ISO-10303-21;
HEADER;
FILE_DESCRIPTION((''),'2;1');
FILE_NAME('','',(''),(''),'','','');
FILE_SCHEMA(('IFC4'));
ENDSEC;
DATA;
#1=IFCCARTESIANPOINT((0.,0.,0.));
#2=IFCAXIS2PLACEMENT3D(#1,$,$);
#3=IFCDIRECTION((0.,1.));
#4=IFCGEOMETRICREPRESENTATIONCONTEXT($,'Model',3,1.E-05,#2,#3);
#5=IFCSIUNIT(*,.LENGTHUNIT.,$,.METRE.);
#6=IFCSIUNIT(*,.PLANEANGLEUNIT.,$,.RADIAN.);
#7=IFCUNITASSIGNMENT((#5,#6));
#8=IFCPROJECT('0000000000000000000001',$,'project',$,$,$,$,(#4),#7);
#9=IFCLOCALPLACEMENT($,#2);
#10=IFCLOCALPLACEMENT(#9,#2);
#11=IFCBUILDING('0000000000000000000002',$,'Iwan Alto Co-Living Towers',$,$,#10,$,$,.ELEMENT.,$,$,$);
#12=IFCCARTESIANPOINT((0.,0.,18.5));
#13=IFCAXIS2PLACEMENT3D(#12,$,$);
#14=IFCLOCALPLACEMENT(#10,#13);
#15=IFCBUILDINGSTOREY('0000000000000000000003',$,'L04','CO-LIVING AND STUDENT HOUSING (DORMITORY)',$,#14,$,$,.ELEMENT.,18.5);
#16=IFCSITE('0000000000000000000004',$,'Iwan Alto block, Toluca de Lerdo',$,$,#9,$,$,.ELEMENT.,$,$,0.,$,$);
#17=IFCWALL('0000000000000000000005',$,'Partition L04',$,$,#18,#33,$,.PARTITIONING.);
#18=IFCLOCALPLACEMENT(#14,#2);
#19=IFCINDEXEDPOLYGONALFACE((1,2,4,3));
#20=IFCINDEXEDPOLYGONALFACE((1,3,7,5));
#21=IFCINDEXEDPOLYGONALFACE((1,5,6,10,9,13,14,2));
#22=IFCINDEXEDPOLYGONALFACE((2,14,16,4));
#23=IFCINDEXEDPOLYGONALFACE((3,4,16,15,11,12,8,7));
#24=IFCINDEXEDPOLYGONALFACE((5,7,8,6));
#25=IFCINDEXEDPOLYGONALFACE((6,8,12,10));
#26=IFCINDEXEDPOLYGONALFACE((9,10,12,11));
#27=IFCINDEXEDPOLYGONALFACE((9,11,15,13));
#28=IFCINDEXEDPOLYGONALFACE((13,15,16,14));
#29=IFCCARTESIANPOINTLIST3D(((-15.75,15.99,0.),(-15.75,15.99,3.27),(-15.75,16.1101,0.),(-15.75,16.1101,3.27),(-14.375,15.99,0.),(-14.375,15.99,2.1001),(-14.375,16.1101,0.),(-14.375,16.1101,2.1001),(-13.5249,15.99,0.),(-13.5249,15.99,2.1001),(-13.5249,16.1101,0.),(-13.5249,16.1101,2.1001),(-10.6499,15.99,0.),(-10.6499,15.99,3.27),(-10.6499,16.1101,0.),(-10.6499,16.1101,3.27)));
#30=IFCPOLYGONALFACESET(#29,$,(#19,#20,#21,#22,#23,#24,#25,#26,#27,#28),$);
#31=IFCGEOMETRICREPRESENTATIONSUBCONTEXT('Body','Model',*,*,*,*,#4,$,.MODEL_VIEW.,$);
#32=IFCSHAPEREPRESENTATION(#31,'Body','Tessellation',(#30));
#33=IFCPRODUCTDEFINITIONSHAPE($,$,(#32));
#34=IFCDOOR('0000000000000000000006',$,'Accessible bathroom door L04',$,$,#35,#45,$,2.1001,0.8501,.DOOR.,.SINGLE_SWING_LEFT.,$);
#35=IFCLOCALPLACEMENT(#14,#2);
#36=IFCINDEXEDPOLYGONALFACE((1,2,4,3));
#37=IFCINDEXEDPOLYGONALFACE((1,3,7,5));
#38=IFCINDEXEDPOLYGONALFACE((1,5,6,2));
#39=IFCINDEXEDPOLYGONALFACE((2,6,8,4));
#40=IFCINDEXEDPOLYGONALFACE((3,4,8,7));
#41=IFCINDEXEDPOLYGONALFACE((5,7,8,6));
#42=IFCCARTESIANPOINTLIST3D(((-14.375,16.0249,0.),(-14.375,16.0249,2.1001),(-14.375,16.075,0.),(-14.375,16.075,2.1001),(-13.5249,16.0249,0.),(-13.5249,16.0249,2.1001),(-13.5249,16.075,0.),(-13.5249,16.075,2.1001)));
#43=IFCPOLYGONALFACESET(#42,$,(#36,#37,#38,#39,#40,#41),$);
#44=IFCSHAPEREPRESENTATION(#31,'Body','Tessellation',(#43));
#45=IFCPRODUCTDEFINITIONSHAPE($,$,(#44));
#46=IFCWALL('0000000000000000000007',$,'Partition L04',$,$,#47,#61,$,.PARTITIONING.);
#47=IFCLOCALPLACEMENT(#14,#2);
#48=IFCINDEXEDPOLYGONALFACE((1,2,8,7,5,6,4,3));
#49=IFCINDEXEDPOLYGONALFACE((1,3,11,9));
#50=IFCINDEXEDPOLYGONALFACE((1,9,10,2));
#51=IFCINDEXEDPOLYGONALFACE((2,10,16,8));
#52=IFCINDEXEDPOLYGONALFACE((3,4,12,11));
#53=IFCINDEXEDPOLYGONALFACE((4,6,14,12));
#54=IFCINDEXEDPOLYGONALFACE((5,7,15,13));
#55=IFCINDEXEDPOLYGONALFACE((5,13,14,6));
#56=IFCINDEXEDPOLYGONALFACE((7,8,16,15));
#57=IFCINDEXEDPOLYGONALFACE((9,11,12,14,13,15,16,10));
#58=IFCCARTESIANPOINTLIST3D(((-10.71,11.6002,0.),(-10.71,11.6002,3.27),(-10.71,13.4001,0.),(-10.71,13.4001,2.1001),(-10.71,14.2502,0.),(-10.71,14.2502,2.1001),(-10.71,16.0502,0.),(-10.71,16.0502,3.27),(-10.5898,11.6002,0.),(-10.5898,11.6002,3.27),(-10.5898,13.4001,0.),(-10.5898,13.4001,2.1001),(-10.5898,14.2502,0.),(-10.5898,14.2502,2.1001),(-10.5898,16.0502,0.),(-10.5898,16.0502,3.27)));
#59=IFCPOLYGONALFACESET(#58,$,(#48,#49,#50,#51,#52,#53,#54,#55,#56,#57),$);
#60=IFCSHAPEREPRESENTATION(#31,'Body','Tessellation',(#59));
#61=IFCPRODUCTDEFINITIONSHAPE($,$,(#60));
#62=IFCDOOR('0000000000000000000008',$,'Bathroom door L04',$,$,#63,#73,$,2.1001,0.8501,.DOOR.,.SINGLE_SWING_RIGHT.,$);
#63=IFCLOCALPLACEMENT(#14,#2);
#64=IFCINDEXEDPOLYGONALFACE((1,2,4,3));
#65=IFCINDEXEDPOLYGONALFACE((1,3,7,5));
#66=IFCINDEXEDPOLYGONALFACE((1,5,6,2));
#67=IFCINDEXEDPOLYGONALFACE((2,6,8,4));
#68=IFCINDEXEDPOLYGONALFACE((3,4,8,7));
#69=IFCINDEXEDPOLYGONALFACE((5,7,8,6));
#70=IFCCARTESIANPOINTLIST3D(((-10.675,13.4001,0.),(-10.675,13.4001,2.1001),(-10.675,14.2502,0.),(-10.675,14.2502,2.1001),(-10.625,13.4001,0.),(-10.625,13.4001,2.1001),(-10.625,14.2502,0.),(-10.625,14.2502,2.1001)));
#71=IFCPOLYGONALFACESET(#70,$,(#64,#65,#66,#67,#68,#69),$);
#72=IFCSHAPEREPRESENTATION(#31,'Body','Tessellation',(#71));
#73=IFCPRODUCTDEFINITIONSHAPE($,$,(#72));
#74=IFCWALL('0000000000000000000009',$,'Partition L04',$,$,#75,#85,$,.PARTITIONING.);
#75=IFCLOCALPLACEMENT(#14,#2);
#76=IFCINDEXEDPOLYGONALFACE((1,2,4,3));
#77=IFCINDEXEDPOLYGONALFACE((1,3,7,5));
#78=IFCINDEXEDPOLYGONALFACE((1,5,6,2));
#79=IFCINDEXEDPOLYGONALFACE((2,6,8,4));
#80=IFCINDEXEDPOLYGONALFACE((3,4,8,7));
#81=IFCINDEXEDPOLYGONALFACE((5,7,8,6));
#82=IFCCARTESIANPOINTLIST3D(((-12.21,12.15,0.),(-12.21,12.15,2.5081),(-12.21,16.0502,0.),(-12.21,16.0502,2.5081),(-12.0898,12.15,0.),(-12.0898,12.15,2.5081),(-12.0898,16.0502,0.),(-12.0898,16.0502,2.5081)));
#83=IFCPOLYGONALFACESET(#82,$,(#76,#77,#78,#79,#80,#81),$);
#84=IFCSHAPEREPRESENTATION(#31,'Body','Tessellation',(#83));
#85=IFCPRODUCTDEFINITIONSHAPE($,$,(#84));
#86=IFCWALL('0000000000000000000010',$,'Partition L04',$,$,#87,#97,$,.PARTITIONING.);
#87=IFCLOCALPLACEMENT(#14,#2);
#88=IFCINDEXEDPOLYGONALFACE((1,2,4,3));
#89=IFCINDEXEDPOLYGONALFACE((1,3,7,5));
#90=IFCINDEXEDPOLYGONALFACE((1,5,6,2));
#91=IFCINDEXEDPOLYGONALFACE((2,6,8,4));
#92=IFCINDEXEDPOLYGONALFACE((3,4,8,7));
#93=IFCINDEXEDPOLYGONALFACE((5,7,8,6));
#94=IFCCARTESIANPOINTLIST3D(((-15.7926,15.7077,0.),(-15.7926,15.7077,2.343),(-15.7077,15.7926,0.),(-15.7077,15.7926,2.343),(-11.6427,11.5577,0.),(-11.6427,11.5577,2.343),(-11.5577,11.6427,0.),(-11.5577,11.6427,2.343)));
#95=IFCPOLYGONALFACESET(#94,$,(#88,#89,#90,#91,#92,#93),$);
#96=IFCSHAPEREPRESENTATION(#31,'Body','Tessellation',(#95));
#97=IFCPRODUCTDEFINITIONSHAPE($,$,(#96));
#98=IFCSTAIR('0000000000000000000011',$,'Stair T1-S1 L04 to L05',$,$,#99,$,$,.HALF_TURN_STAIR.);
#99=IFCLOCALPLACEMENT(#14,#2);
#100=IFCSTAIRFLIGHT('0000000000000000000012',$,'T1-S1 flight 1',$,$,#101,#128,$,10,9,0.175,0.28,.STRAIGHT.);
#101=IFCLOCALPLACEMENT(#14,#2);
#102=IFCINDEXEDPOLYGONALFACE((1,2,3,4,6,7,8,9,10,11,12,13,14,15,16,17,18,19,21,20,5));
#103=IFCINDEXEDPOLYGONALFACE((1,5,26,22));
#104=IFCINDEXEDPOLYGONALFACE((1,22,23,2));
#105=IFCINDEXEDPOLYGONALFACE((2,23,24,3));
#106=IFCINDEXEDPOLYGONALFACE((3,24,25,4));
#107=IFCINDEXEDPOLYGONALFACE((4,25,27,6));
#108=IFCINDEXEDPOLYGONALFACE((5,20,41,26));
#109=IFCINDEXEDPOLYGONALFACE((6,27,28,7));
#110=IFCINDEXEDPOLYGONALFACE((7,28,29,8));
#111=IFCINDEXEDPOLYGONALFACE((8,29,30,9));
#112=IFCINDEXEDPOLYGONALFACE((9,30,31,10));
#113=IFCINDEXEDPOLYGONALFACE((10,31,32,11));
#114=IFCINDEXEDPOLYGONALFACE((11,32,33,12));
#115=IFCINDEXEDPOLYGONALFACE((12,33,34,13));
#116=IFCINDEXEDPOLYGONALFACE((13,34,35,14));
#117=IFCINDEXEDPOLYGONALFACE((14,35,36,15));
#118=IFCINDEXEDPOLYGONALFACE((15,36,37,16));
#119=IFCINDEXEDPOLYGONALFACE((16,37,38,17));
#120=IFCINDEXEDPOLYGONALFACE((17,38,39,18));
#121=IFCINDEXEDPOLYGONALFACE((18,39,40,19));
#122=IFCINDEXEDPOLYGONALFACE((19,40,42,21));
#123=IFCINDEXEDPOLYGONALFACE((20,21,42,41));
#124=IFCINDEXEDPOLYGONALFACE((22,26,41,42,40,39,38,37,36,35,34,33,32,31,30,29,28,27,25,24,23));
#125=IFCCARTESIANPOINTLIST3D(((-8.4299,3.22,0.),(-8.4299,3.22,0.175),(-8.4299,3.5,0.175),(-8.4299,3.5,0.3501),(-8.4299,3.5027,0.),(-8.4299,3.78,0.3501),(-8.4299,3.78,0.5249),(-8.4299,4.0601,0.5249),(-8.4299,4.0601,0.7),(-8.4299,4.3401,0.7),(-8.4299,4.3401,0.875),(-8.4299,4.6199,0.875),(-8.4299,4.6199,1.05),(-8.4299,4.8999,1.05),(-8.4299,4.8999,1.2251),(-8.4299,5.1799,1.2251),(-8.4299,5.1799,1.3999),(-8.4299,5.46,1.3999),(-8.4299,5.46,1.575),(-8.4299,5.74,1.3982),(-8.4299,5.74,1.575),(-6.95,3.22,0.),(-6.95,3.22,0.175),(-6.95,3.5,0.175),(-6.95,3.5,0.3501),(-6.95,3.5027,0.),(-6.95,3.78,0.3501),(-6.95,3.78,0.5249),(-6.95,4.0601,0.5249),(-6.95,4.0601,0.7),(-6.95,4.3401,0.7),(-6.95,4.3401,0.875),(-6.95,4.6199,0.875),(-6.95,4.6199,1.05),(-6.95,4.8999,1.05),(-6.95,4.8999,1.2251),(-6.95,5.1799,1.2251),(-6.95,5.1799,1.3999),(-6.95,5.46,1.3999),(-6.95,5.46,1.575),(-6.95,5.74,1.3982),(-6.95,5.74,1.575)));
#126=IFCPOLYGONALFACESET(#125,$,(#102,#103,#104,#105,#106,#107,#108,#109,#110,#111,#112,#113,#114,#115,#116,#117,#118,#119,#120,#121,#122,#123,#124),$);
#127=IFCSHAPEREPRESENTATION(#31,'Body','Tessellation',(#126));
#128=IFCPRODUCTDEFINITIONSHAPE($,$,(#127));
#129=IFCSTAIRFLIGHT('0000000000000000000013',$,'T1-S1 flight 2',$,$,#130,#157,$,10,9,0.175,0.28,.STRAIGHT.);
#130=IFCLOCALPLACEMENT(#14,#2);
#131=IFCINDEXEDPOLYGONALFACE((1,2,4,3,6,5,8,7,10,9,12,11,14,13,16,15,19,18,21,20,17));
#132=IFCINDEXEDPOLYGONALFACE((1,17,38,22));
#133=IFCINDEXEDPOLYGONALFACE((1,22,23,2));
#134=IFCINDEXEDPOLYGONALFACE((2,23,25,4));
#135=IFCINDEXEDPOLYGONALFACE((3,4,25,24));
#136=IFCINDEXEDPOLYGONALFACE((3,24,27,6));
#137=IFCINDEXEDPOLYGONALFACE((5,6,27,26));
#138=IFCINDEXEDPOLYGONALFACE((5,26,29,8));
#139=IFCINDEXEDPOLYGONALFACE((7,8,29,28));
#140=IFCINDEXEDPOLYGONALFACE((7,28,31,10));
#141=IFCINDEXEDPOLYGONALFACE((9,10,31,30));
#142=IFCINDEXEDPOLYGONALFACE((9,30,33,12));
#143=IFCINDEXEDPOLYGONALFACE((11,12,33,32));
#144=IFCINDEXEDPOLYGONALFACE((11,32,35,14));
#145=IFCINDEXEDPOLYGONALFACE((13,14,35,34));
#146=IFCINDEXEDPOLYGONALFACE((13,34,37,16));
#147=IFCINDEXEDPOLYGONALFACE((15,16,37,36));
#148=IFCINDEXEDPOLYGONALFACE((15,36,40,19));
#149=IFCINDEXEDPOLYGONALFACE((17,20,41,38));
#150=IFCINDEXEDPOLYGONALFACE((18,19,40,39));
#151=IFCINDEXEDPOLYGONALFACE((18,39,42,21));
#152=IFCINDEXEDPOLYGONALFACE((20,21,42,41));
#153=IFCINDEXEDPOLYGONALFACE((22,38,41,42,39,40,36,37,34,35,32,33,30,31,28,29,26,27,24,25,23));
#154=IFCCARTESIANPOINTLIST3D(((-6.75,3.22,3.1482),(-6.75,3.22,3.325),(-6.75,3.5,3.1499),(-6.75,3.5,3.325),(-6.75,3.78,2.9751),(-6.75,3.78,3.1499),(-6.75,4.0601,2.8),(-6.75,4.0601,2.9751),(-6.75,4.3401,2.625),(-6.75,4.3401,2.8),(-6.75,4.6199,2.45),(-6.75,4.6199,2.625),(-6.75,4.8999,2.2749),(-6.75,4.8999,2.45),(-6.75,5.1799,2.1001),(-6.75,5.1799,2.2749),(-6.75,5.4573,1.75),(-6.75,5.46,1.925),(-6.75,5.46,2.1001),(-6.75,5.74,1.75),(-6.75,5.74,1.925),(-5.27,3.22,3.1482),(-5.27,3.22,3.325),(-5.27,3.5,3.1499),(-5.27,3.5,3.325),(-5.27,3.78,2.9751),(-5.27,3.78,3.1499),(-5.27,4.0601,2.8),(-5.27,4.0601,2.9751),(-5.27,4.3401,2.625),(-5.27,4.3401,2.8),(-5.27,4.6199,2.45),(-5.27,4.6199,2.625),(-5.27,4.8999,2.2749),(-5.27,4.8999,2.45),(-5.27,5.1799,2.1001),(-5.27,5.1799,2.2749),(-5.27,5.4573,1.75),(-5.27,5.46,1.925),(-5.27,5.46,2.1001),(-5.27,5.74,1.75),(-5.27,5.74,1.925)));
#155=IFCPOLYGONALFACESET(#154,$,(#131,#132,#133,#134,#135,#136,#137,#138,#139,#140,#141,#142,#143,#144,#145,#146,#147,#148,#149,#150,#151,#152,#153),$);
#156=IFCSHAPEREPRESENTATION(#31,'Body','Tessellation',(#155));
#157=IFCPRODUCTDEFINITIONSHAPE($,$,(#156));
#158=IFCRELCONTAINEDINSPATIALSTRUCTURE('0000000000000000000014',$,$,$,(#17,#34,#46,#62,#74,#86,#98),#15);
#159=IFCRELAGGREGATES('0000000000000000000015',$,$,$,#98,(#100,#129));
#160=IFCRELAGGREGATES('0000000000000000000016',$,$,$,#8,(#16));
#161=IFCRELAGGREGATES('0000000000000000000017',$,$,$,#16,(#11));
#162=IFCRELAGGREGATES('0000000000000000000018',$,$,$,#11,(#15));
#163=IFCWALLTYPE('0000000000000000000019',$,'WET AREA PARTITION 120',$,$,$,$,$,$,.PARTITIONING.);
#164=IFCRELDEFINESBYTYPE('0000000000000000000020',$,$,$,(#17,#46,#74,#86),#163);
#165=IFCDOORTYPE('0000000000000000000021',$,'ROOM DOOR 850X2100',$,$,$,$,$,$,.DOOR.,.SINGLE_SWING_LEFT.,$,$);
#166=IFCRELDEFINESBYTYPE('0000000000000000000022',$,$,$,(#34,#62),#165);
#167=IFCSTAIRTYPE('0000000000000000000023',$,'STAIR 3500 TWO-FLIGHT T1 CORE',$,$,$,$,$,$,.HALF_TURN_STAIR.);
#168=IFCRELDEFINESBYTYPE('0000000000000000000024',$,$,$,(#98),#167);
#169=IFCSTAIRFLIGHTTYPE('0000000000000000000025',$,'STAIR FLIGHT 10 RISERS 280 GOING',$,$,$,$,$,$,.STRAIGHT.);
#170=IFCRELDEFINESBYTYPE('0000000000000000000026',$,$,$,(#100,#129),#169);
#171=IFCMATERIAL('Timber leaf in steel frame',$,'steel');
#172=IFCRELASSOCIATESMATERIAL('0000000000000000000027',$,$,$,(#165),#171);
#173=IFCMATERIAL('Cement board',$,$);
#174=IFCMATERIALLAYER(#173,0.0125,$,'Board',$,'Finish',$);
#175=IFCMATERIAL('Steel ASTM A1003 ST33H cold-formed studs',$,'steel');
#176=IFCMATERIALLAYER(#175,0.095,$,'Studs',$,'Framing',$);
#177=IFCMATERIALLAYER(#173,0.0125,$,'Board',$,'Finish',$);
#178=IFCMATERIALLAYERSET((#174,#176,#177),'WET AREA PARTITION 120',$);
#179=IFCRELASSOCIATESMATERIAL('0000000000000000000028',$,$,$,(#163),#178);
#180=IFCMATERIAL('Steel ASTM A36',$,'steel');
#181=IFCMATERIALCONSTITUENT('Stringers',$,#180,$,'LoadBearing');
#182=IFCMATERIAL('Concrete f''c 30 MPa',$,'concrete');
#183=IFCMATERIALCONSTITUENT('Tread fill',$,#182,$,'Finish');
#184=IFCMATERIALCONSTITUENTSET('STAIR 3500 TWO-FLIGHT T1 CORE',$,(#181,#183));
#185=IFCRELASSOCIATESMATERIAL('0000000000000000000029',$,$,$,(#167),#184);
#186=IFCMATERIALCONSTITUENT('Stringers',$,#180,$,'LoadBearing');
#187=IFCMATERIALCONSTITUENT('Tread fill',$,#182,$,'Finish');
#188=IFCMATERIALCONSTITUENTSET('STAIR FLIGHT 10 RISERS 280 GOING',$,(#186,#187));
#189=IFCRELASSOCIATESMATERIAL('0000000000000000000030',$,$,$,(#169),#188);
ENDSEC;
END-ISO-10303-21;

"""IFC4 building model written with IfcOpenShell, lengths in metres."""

from ifc_helpers import new_model, si_unit, direction, frame, frame_2d, origin, place, context, subcontext, project, spatial, polyline, rectangle, outline, extrude, material, layer, layer_set, constituent, constituent_set, type_object, element, fill, aggregate, save


model = new_model("IFC4")

# Units and contexts
model_context = context("Model", 3, precision=1e-05, world=origin(), true_north=direction((0.0, 1.0)))
body_context = subcontext(model_context, "Body", "Model", "MODEL_VIEW")
ifc_project = project(units=[si_unit("LENGTHUNIT", "METRE"), si_unit("PLANEANGLEUNIT", "RADIAN")], contexts=[model_context])

# Site, building, storey
site_placement = place(None, origin())
site = spatial("IfcSite", under=ifc_project, at=site_placement, Name="Iwan Alto block, Toluca de Lerdo", CompositionType="ELEMENT", RefElevation=0.0)
building_placement = place(site_placement, origin())
building = spatial("IfcBuilding", under=site, at=building_placement, Name="Iwan Alto Co-Living Towers", CompositionType="ELEMENT")
storey_placement = place(building_placement, frame((0.0, 0.0, 18.5)))
storey = spatial("IfcBuildingStorey", under=building, at=storey_placement, Name="L04", Description="CO-LIVING AND STUDENT HOUSING (DORMITORY)", CompositionType="ELEMENT", Elevation=18.5)

# Shared definitions
ifc_material_1 = material(Name="Steel ASTM A1003 ST33H cold-formed studs", Category="steel")

# Shared definitions
ifc_material_2 = material(Name="Timber leaf in steel frame", Category="steel")
door_type_1 = type_object("IfcDoorType", Name="ROOM DOOR 850X2100", OperationType="SINGLE_SWING_LEFT", PredefinedType="DOOR", material=ifc_material_2)

# Walls, openings, doors
ifc_material_3 = material(Name="Cement board")
ifc_layer_1 = layer(ifc_material_3, 0.0125, Name="Board", Category="Finish")
ifc_layer_2 = layer(ifc_material_1, 0.095, Name="Studs", Category="Framing")
ifc_layer_3 = layer(ifc_material_3, 0.0125, Name="Board", Category="Finish")
ifc_layer_set_1 = layer_set([ifc_layer_1, ifc_layer_2, ifc_layer_3], Name="WET AREA PARTITION 120")
wall_type_1 = type_object("IfcWallType", Name="WET AREA PARTITION 120", PredefinedType="PARTITIONING", material=ifc_layer_set_1)
wall_1_placement = place(storey_placement, frame((-15.75, 16.05, 0.0), z_axis=(0.0, 0.0, 1.0), x_axis=(1.0, 0.0, 0.0)))
wall_1 = element("IfcWall", 1, at=wall_1_placement, inside=storey, type_object=wall_type_1, Name="Partition L04", PredefinedType="PARTITIONING", context=body_context, shape_type="SweptSolid", body=[
    extrude(rectangle(XDim=5.1001, YDim=0.1201, at=frame_2d((2.55, 0.0))), origin(), (0.0, 0.0, 1.0), 3.27),
])
opening_1_placement = place(wall_1_placement, frame((1.375, 0.0, 0.0)))
opening_1 = element("IfcOpeningElement", 2, at=opening_1_placement, cuts=wall_1, PredefinedType="OPENING", context=body_context, shape_type="SweptSolid", body=[
    extrude(rectangle(XDim=0.8501, YDim=2.1001, at=frame_2d((0.425, 1.05))), frame((0.0, 0.0701, 0.0), z_axis=(0.0, -1.0, 0.0), x_axis=(1.0, 0.0, 0.0)), (0.0, 0.0, 1.0), 0.1401),
])
door_1_placement = place(opening_1_placement, origin())
door_1 = element("IfcDoor", 3, at=door_1_placement, inside=storey, type_object=door_type_1, Name="Accessible bathroom door L04", OperationType="SINGLE_SWING_LEFT", OverallHeight=2.1001, OverallWidth=0.8501, PredefinedType="DOOR", context=body_context, shape_type="SweptSolid", body=[
    extrude(rectangle(XDim=0.8501, YDim=2.1001, at=frame_2d((0.425, 1.05))), frame((0.0, 0.0249, 0.0), z_axis=(0.0, -1.0, 0.0), x_axis=(1.0, 0.0, 0.0)), (0.0, 0.0, 1.0), 0.05),
])
fill(opening_1, door_1)
wall_2_placement = place(storey_placement, frame((-10.6499, 11.6001, 0.0), z_axis=(0.0, 0.0, 1.0), x_axis=(0.0, 1.0, 0.0)))
wall_2 = element("IfcWall", 4, at=wall_2_placement, inside=storey, type_object=wall_type_1, Name="Partition L04", PredefinedType="PARTITIONING", context=body_context, shape_type="SweptSolid", body=[
    extrude(rectangle(XDim=4.45, YDim=0.1201, at=frame_2d((2.2251, 0.0))), origin(), (0.0, 0.0, 1.0), 3.27),
])
opening_2_placement = place(wall_2_placement, frame((1.8, 0.0, 0.0)))
opening_2 = element("IfcOpeningElement", 5, at=opening_2_placement, cuts=wall_2, PredefinedType="OPENING", context=body_context, shape_type="SweptSolid", body=[
    extrude(rectangle(XDim=0.8501, YDim=2.1001, at=frame_2d((0.425, 1.05))), frame((0.0, 0.0701, 0.0), z_axis=(0.0, -1.0, 0.0), x_axis=(1.0, 0.0, 0.0)), (0.0, 0.0, 1.0), 0.1401),
])
door_2_placement = place(opening_2_placement, frame((0.8501, 0.0, 0.0), z_axis=(0.0, 0.0, 1.0), x_axis=(-1.0, 0.0, 0.0)))
door_2 = element("IfcDoor", 6, at=door_2_placement, inside=storey, type_object=door_type_1, Name="Bathroom door L04", OperationType="SINGLE_SWING_RIGHT", OverallHeight=2.1001, OverallWidth=0.8501, PredefinedType="DOOR", context=body_context, shape_type="SweptSolid", body=[
    extrude(rectangle(XDim=0.8501, YDim=2.1001, at=frame_2d((0.425, 1.05))), frame((0.0, 0.0249, 0.0), z_axis=(0.0, -1.0, 0.0), x_axis=(1.0, 0.0, 0.0)), (0.0, 0.0, 1.0), 0.05),
])
fill(opening_2, door_2)

# Walls
wall_3_placement = place(storey_placement, frame((-12.1499, 12.1499, 0.0), z_axis=(0.0, 0.0, 1.0), x_axis=(0.0, 1.0, 0.0)))
element("IfcWall", 7, at=wall_3_placement, inside=storey, type_object=wall_type_1, Name="Partition L04", PredefinedType="PARTITIONING", context=body_context, shape_type="SweptSolid", body=[
    extrude(rectangle(XDim=3.9001, YDim=0.1201, at=frame_2d((1.9502, 0.0))), origin(), (0.0, 0.0, 1.0), 2.5081),
])
wall_4_placement = place(storey_placement, frame((-11.6001, 11.6001, 0.0), z_axis=(0.0, 0.0, 1.0), x_axis=(-0.707107, 0.707107, 0.0)))
element("IfcWall", 8, at=wall_4_placement, inside=storey, type_object=wall_type_1, Name="Partition L04", PredefinedType="PARTITIONING", context=body_context, shape_type="SweptSolid", body=[
    extrude(rectangle(XDim=5.8689, YDim=0.1201, at=frame_2d((2.9346, 0.0))), origin(), (0.0, 0.0, 1.0), 2.343),
])

# Stair, stair flights
ifc_material_4 = material(Name="Steel ASTM A36", Category="steel")
ifc_constituent_1 = constituent(ifc_material_4, Name="Stringers", Category="LoadBearing")
ifc_material_5 = material(Name="Concrete f'c 30 MPa", Category="concrete")
ifc_constituent_2 = constituent(ifc_material_5, Name="Tread fill", Category="Finish")
ifc_constituent_set_1 = constituent_set(constituents=[ifc_constituent_1, ifc_constituent_2], Name="STAIR 3500 TWO-FLIGHT T1 CORE")
stair_type = type_object("IfcStairType", Name="STAIR 3500 TWO-FLIGHT T1 CORE", PredefinedType="HALF_TURN_STAIR", material=ifc_constituent_set_1)
stair_placement = place(storey_placement, origin())
stair = element("IfcStair", 9, at=stair_placement, inside=storey, type_object=stair_type, Name="Stair T1-S1 L04 to L05", PredefinedType="HALF_TURN_STAIR")
ifc_constituent_3 = constituent(ifc_material_4, Name="Stringers", Category="LoadBearing")
ifc_constituent_4 = constituent(ifc_material_5, Name="Tread fill", Category="Finish")
ifc_constituent_set_2 = constituent_set(constituents=[ifc_constituent_3, ifc_constituent_4], Name="STAIR FLIGHT 10 RISERS 280 GOING")
stair_flight_type = type_object("IfcStairFlightType", Name="STAIR FLIGHT 10 RISERS 280 GOING", PredefinedType="STRAIGHT", material=ifc_constituent_set_2)
stair_flight_1_placement = place(storey_placement, frame((-7.6899, 3.22, 0.0), z_axis=(0.0, 0.0, 1.0), x_axis=(0.0, 1.0, 0.0)))
stair_flight_1 = element("IfcStairFlight", 10, at=stair_flight_1_placement, type_object=stair_flight_type, Name="T1-S1 flight 1", NumberOfRisers=10, NumberOfTreads=9, PredefinedType="STRAIGHT", RiserHeight=0.175, TreadLength=0.28, context=body_context, shape_type="SweptSolid", body=[
    extrude(outline(polyline([(0.0, 0.0), (0.0, 0.175), (0.28, 0.175), (0.28, 0.3501), (0.5601, 0.3501), (0.5601, 0.5249), (0.8401, 0.5249), (0.8401, 0.7), (1.1201, 0.7), (1.1201, 0.875), (1.3999, 0.875), (1.3999, 1.05), (1.6799, 1.05), (1.6799, 1.2251), (1.96, 1.2251), (1.96, 1.3999), (2.24, 1.3999), (2.24, 1.575), (2.52, 1.575), (2.52, 1.75), (2.52, 1.3982), (0.2827, 0.0), (0.0, 0.0)])), frame((0.0, 0.74, 0.0), z_axis=(0.0, -1.0, 0.0), x_axis=(1.0, 0.0, 0.0)), (0.0, 0.0, 1.0), 1.48),
])
stair_flight_2_placement = place(storey_placement, frame((-6.01, 5.74, 1.75), z_axis=(0.0, 0.0, 1.0), x_axis=(0.0, -1.0, 0.0)))
stair_flight_2 = element("IfcStairFlight", 11, at=stair_flight_2_placement, type_object=stair_flight_type, Name="T1-S1 flight 2", NumberOfRisers=10, NumberOfTreads=9, PredefinedType="STRAIGHT", RiserHeight=0.175, TreadLength=0.28, context=body_context, shape_type="SweptSolid", body=[
    extrude(outline(polyline([(0.0, 0.0), (0.0, 0.175), (0.28, 0.175), (0.28, 0.3501), (0.5601, 0.3501), (0.5601, 0.5249), (0.8401, 0.5249), (0.8401, 0.7), (1.1201, 0.7), (1.1201, 0.875), (1.3999, 0.875), (1.3999, 1.05), (1.6799, 1.05), (1.6799, 1.2251), (1.96, 1.2251), (1.96, 1.3999), (2.24, 1.3999), (2.24, 1.575), (2.52, 1.575), (2.52, 1.75), (2.52, 1.3982), (0.2827, 0.0), (0.0, 0.0)])), frame((0.0, 0.74, 0.0), z_axis=(0.0, -1.0, 0.0), x_axis=(1.0, 0.0, 0.0)), (0.0, 0.0, 1.0), 1.48),
])
aggregate(stair, [stair_flight_1, stair_flight_2])

save(model, "model.ifc")
